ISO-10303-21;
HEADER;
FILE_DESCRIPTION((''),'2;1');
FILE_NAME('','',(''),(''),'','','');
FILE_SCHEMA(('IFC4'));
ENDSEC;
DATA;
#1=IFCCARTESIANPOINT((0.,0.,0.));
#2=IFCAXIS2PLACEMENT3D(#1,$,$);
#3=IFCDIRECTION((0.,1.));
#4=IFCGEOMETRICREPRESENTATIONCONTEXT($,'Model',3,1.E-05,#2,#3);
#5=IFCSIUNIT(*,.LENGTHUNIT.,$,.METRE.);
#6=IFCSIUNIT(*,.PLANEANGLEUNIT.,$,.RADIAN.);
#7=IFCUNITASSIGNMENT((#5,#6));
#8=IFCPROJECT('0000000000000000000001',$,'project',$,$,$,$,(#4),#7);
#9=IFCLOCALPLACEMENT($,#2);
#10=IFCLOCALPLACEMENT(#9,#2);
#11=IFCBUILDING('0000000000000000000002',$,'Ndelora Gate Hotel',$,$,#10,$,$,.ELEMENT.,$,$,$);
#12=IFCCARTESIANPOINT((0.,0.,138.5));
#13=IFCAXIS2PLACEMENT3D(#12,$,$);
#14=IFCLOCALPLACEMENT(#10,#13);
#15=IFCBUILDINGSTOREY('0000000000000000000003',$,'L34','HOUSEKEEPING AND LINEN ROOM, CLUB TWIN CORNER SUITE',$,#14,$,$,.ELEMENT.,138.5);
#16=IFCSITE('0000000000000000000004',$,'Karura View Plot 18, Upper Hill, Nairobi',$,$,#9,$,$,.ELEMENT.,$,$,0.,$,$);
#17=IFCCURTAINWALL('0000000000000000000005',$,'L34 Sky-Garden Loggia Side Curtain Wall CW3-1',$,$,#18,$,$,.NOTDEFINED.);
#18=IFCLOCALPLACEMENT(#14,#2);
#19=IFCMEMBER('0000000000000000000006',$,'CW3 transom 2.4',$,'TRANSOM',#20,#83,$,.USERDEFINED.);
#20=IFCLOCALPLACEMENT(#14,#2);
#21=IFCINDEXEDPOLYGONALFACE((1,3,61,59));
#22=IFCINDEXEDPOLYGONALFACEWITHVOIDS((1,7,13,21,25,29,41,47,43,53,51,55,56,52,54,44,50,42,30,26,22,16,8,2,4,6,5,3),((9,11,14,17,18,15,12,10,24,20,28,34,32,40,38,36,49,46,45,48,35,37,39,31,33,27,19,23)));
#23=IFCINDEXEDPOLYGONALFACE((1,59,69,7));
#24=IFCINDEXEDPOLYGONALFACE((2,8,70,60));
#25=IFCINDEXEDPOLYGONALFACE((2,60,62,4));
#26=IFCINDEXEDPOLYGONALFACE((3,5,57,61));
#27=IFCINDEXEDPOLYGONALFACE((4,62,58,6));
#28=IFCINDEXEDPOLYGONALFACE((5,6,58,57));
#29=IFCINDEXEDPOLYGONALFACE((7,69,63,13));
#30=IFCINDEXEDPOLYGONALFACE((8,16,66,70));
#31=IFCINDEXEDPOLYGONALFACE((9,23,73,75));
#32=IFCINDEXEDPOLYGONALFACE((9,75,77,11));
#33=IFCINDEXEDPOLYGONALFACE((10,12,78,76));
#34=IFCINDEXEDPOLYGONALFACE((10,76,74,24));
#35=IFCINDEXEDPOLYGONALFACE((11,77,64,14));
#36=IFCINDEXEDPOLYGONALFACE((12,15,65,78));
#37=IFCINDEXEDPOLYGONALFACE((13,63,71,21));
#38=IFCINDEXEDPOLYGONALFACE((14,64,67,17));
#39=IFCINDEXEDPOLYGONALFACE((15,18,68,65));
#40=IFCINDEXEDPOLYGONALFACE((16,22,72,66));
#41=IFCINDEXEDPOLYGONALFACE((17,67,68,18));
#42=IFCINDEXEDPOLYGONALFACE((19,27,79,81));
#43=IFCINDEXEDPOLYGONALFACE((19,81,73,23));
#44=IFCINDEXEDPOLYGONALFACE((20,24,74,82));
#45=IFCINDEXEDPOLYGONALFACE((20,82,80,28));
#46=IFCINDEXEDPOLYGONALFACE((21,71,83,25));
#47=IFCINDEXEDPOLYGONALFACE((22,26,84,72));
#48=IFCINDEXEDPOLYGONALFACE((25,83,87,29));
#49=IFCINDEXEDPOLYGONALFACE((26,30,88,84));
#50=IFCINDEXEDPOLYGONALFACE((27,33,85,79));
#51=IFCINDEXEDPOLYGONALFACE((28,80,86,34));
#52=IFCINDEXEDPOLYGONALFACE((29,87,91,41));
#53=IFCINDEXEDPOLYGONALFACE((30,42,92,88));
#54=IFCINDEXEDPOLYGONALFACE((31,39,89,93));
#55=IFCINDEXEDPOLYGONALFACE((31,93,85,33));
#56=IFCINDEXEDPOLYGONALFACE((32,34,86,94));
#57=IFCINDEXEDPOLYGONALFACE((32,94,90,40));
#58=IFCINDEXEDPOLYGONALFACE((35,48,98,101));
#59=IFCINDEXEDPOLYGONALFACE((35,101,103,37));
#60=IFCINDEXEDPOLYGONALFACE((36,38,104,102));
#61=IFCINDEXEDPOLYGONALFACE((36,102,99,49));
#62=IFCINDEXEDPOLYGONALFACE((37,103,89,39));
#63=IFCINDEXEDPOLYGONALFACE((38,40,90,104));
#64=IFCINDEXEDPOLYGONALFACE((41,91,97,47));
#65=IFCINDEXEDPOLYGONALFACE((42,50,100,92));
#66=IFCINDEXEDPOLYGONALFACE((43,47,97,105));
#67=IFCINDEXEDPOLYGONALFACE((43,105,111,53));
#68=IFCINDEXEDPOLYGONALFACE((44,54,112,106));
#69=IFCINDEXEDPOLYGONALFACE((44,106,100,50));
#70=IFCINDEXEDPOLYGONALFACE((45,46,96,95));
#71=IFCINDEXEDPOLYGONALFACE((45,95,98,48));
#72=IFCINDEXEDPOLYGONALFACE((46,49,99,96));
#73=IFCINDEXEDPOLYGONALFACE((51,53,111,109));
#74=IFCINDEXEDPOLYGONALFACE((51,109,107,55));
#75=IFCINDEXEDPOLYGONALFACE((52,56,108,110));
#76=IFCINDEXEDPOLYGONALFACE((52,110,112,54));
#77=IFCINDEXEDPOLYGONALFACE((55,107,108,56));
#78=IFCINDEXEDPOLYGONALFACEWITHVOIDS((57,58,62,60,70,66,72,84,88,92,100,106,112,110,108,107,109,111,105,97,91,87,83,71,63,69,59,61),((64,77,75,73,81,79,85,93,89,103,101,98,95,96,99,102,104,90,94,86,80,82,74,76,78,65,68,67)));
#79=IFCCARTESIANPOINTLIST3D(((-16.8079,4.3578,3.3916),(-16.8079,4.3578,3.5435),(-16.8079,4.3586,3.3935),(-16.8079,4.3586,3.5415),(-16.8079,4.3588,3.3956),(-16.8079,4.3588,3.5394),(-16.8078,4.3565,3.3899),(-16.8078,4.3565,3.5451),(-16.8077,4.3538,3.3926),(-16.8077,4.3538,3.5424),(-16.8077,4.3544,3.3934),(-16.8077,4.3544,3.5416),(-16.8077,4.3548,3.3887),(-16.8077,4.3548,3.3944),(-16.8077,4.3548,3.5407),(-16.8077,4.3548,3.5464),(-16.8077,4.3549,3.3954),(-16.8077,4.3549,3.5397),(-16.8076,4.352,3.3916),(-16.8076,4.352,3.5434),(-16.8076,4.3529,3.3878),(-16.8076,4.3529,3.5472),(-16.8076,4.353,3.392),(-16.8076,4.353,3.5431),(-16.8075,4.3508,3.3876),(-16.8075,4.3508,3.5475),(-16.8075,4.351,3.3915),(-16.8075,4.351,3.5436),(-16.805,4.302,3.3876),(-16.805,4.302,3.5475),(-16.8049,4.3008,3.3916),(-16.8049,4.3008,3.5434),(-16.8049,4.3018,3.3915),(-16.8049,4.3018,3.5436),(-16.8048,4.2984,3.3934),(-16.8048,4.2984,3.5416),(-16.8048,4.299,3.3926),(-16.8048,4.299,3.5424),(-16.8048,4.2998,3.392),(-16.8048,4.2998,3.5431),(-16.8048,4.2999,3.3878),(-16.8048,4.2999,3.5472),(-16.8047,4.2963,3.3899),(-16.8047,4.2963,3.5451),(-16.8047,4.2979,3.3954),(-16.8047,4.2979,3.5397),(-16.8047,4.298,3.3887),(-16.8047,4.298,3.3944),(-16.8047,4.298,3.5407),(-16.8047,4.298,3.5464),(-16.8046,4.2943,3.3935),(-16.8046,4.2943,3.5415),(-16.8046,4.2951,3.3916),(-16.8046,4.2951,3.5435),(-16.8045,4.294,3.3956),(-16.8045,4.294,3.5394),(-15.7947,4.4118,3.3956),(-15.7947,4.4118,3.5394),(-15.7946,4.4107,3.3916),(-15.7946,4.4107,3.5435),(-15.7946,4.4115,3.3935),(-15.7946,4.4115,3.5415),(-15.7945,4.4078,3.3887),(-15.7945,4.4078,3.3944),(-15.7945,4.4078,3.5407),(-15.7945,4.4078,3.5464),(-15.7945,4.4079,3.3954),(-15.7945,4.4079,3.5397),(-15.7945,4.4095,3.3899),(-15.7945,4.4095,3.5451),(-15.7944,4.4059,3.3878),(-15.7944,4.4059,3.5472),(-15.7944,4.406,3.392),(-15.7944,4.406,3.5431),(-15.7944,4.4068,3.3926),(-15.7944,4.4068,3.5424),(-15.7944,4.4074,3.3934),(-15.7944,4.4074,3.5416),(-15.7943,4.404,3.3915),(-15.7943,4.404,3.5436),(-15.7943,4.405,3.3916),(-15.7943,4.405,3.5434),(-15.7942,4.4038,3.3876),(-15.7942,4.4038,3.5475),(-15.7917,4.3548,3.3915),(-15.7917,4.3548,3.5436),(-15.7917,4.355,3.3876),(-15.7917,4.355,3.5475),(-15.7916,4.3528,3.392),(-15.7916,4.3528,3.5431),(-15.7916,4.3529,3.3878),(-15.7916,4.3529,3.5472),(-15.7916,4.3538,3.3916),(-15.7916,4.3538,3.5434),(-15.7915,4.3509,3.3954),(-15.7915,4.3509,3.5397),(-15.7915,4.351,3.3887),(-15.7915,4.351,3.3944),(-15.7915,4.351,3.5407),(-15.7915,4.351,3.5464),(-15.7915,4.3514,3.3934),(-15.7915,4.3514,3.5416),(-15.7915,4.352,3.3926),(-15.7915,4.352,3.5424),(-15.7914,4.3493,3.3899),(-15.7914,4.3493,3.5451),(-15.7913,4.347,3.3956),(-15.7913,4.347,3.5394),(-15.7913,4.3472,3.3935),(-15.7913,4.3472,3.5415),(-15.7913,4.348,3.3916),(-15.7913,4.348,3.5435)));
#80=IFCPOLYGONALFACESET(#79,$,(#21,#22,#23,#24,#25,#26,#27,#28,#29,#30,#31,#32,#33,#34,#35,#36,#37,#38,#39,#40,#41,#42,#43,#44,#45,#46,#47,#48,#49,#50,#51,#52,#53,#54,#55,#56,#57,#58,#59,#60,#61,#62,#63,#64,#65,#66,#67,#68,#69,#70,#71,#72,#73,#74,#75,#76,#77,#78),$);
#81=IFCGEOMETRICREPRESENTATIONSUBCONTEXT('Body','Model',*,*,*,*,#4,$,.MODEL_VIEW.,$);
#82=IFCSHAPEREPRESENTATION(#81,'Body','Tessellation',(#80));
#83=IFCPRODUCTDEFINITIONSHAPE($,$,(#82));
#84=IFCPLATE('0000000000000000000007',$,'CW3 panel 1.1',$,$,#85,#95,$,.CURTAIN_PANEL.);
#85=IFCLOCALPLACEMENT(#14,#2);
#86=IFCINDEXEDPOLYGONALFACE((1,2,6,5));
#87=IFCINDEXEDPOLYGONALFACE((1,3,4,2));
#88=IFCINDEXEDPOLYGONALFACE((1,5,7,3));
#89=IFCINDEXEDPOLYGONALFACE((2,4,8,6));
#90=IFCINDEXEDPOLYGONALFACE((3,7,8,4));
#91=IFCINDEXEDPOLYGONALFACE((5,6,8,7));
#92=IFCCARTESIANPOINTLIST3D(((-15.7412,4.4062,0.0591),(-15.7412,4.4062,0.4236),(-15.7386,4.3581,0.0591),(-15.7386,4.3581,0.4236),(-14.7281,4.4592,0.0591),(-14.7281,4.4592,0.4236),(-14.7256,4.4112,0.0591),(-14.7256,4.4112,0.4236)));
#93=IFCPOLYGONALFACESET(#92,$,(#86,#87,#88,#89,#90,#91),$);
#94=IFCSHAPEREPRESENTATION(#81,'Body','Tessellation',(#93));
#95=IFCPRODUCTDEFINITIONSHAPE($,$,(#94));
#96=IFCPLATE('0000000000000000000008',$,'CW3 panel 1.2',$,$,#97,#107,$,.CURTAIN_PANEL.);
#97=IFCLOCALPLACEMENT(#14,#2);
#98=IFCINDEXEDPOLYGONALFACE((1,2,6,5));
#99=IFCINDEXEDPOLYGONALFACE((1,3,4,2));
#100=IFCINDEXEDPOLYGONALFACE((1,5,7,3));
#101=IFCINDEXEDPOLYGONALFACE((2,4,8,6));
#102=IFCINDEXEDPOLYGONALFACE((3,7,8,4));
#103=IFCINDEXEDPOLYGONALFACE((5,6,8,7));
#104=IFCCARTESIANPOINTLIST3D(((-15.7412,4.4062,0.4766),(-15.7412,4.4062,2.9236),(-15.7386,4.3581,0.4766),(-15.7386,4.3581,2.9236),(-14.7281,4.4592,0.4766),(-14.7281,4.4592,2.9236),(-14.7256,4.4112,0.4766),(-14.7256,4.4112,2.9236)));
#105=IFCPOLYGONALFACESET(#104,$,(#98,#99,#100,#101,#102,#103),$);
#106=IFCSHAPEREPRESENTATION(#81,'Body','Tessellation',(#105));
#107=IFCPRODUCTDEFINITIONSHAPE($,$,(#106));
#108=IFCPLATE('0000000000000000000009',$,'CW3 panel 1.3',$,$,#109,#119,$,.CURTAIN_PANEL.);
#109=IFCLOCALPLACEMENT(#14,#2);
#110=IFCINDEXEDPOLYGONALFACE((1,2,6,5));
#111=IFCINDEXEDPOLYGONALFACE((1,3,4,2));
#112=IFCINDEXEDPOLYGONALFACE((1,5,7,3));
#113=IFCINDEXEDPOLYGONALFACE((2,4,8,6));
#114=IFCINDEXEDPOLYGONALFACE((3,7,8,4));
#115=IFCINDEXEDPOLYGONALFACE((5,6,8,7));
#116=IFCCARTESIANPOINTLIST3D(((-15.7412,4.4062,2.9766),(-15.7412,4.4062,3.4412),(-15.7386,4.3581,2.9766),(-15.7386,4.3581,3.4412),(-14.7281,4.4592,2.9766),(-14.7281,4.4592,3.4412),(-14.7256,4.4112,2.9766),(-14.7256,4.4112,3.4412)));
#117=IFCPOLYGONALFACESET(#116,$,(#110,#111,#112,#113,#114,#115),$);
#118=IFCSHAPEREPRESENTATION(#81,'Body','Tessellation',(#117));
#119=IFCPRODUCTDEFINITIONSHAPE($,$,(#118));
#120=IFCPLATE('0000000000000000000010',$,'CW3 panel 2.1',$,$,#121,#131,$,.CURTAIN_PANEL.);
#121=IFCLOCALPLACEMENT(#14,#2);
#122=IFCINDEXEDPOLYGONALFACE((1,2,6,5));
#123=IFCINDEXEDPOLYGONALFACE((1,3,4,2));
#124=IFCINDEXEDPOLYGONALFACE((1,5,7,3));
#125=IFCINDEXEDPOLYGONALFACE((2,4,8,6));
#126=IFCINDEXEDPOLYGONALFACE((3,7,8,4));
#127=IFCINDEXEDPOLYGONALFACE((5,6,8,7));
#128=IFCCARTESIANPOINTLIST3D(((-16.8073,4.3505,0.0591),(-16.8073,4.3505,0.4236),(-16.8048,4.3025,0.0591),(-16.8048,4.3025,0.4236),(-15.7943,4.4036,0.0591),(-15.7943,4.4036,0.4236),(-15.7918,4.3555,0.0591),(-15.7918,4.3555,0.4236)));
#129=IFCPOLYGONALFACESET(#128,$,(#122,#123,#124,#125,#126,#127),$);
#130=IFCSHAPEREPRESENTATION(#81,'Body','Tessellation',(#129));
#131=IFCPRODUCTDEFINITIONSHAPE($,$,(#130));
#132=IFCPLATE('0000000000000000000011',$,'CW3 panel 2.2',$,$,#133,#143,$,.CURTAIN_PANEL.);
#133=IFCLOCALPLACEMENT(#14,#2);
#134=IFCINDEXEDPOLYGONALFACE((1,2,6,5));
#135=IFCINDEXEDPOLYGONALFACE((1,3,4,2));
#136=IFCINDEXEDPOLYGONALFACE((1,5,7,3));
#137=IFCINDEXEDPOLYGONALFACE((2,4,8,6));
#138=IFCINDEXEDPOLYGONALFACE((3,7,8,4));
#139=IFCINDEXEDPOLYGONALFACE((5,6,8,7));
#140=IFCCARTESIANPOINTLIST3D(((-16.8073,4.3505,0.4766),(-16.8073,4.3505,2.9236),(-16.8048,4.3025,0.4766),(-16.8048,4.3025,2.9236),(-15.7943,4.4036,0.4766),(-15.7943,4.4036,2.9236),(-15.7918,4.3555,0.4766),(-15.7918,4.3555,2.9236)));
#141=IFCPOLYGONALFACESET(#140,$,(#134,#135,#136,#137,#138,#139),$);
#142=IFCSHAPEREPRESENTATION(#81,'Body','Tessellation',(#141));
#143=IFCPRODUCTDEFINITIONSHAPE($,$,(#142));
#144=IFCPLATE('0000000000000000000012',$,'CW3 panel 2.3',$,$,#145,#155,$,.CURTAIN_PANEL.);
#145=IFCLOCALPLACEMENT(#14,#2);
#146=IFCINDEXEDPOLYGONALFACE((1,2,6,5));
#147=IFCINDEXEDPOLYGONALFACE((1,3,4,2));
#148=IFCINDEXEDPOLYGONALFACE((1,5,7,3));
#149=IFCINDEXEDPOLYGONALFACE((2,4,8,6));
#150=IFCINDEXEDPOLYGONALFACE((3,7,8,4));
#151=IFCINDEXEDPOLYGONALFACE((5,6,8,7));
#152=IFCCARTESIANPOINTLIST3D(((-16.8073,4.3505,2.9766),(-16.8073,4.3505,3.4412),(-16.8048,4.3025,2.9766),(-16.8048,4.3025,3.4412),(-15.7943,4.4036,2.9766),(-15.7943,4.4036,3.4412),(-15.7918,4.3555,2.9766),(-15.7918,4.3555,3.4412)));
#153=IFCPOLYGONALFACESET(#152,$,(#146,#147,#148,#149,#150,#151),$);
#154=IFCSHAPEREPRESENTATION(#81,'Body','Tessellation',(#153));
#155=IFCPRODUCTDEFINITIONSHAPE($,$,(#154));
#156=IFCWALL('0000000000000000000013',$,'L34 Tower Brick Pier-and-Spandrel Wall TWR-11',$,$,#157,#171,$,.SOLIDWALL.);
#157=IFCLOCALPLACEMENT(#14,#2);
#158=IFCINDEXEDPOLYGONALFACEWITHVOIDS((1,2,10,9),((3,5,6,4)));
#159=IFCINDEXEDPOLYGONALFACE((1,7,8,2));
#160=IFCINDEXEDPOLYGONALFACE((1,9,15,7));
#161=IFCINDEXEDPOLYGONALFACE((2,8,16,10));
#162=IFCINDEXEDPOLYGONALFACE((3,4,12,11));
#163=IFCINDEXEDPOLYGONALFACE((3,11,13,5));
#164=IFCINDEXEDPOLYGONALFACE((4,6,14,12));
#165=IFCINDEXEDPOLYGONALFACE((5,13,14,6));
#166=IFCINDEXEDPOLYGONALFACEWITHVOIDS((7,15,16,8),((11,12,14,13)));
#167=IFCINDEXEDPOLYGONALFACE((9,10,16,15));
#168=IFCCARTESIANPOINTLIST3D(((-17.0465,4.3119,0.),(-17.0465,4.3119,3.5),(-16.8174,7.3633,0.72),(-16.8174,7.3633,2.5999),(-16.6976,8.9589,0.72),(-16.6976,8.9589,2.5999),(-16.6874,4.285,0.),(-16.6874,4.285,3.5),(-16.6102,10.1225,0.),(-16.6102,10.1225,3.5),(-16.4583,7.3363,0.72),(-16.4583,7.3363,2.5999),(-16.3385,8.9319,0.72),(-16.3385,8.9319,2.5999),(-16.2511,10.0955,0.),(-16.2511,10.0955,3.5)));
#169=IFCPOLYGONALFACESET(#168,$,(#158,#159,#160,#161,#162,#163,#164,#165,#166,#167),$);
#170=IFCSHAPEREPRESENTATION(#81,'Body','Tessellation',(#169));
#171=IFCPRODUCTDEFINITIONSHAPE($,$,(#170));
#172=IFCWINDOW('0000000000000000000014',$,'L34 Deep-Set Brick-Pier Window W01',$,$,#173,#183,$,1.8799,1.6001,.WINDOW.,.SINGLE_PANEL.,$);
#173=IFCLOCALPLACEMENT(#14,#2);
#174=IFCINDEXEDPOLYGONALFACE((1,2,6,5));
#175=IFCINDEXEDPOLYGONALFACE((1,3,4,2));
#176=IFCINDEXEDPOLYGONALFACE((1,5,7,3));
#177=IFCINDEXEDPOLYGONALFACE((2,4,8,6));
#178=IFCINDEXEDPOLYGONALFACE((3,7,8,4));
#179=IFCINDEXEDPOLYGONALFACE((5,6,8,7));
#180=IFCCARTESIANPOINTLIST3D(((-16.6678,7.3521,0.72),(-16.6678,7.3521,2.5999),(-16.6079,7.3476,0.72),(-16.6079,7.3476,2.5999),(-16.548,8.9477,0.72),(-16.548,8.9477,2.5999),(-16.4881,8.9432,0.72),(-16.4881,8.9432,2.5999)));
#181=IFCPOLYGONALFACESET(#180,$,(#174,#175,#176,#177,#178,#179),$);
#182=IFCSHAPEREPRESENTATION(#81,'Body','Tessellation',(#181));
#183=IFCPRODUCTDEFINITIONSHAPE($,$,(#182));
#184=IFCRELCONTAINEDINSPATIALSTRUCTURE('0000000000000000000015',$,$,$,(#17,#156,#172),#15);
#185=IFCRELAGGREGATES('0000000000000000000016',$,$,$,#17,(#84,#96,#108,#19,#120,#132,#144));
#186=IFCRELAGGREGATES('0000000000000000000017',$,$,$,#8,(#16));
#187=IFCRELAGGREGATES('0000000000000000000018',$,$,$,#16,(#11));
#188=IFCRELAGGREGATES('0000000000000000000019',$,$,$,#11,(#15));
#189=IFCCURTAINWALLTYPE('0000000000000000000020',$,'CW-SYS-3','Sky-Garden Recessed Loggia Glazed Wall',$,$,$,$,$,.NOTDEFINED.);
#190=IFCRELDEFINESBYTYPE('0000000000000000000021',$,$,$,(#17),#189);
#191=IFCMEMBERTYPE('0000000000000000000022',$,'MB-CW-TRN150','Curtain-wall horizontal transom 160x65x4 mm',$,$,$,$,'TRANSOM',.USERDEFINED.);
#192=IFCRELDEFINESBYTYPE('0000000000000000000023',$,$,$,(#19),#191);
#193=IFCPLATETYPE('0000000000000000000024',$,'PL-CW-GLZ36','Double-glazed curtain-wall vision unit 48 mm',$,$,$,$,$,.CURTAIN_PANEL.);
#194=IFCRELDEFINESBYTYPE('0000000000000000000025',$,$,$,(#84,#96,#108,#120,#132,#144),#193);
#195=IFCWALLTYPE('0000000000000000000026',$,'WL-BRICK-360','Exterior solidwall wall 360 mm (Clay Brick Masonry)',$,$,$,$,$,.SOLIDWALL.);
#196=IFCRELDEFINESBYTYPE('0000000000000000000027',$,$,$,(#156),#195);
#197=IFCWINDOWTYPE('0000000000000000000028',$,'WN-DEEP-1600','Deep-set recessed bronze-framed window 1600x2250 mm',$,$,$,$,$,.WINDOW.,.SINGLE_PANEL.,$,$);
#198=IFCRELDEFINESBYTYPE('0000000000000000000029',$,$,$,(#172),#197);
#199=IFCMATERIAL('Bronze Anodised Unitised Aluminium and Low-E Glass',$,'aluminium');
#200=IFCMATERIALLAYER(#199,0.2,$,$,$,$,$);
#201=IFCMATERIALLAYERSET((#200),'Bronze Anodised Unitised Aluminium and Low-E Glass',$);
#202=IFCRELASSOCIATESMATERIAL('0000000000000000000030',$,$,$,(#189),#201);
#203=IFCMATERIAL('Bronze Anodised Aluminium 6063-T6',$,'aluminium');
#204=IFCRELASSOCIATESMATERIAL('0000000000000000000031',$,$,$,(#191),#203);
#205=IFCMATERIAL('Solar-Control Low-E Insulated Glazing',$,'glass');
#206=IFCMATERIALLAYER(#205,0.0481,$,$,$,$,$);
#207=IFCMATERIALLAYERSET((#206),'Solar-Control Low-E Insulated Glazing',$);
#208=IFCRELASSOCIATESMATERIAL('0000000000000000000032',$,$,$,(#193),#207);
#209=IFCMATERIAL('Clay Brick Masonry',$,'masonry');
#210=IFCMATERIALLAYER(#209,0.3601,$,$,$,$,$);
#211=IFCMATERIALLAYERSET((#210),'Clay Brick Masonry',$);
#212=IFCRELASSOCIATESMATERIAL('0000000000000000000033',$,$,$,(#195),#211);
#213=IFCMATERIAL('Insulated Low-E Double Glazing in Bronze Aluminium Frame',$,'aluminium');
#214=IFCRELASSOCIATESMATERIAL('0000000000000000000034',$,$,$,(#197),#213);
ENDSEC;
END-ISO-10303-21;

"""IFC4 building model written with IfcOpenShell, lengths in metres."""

from ifc_helpers import new_model, si_unit, direction, frame, frame_2d, origin, origin_2d, place, context, subcontext, project, spatial, rectangle, hollow_rectangle, extrude, material, layer, layer_set, material_profile, profile_set, type_object, element, fill, aggregate, save


model = new_model("IFC4")

# Units and contexts
model_context = context("Model", 3, precision=1e-05, world=origin(), true_north=direction((0.0, 1.0)))
body_context = subcontext(model_context, "Body", "Model", "MODEL_VIEW")
ifc_project = project(units=[si_unit("LENGTHUNIT", "METRE"), si_unit("PLANEANGLEUNIT", "RADIAN")], contexts=[model_context])

# Site, building, storey
site_placement = place(None, origin())
site = spatial("IfcSite", under=ifc_project, at=site_placement, Name="Karura View Plot 18, Upper Hill, Nairobi", CompositionType="ELEMENT", RefElevation=0.0)
building_placement = place(site_placement, origin())
building = spatial("IfcBuilding", under=site, at=building_placement, Name="Ndelora Gate Hotel", CompositionType="ELEMENT")
storey_placement = place(building_placement, frame((0.0, 0.0, 138.5)))
storey = spatial("IfcBuildingStorey", under=building, at=storey_placement, Name="L34", Description="HOUSEKEEPING AND LINEN ROOM, CLUB TWIN CORNER SUITE", CompositionType="ELEMENT", Elevation=138.5)

# Curtain wall, member, plates
ifc_material_1 = material(Name="Bronze Anodised Unitised Aluminium and Low-E Glass", Category="aluminium")
ifc_layer_1 = layer(ifc_material_1, 0.2)
ifc_layer_set_1 = layer_set([ifc_layer_1], Name="Bronze Anodised Unitised Aluminium and Low-E Glass")
curtain_wall_type = type_object("IfcCurtainWallType", Name="CW-SYS-3", Description="Sky-Garden Recessed Loggia Glazed Wall", PredefinedType="NOTDEFINED", material=ifc_layer_set_1)
curtain_wall_placement = place(storey_placement, origin())
curtain_wall = element("IfcCurtainWall", 1, at=curtain_wall_placement, inside=storey, type_object=curtain_wall_type, Name="L34 Sky-Garden Loggia Side Curtain Wall CW3-1", PredefinedType="NOTDEFINED")
ifc_material_2 = material(Name="Bronze Anodised Aluminium 6063-T6", Category="aluminium")
ifc_material_profile_1 = material_profile(ifc_material_2, hollow_rectangle(XDim=0.0649, YDim=0.1599, WallThickness=0.0039, InnerFilletRadius=0.0039, OuterFilletRadius=0.0081, at=origin_2d()), Name="ALU 160x65x4")
ifc_profile_set_1 = profile_set([ifc_material_profile_1], Name="Bronze Anodised Aluminium 6063-T6")
member_type_1 = type_object("IfcMemberType", Name="MB-CW-TRN150", Description="Curtain-wall horizontal transom 160x65x4 mm", ElementType="TRANSOM", PredefinedType="USERDEFINED", material=ifc_profile_set_1)
member_1_placement = place(storey_placement, frame((-15.793, 4.3794, 3.4675), z_axis=(-0.998636, -0.052218, 0.0), x_axis=(0.052218, -0.998636, 0.0)))
member_1 = element("IfcMember", 2, at=member_1_placement, type_object=member_type_1, Name="CW3 transom 2.4", ObjectType="TRANSOM", PredefinedType="USERDEFINED", context=body_context, shape_type="SweptSolid", body=[
    extrude(hollow_rectangle(XDim=0.0649, YDim=0.1599, WallThickness=0.0039, InnerFilletRadius=0.0039, OuterFilletRadius=0.0081, at=origin_2d()), origin(), (0.0, 0.0, 1.0), 1.0146),
])
ifc_material_3 = material(Name="Solar-Control Low-E Insulated Glazing", Category="glass")
ifc_layer_2 = layer(ifc_material_3, 0.0481)
ifc_layer_set_2 = layer_set([ifc_layer_2], Name="Solar-Control Low-E Insulated Glazing")
plate_type = type_object("IfcPlateType", Name="PL-CW-GLZ36", Description="Double-glazed curtain-wall vision unit 48 mm", PredefinedType="CURTAIN_PANEL", material=ifc_layer_set_2)
plate_1_placement = place(storey_placement, frame((-15.2334, 4.4087, 0.0591), z_axis=(0.0, 0.0, 1.0), x_axis=(-0.99863, -0.052318, 0.0)))
plate_1 = element("IfcPlate", 3, at=plate_1_placement, type_object=plate_type, Name="CW3 panel 1.1", PredefinedType="CURTAIN_PANEL", context=body_context, shape_type="SweptSolid", body=[
    extrude(rectangle(XDim=1.0144, YDim=0.0481, at=origin_2d()), origin(), (0.0, 0.0, 1.0), 0.3645),
])
plate_2_placement = place(storey_placement, frame((-15.2334, 4.4087, 0.4766), z_axis=(0.0, 0.0, 1.0), x_axis=(-0.99863, -0.052318, 0.0)))
plate_2 = element("IfcPlate", 4, at=plate_2_placement, type_object=plate_type, Name="CW3 panel 1.2", PredefinedType="CURTAIN_PANEL", context=body_context, shape_type="SweptSolid", body=[
    extrude(rectangle(XDim=1.0144, YDim=0.0481, at=origin_2d()), origin(), (0.0, 0.0, 1.0), 2.447),
])
plate_3_placement = place(storey_placement, frame((-15.2334, 4.4087, 2.9766), z_axis=(0.0, 0.0, 1.0), x_axis=(-0.99863, -0.052318, 0.0)))
plate_3 = element("IfcPlate", 5, at=plate_3_placement, type_object=plate_type, Name="CW3 panel 1.3", PredefinedType="CURTAIN_PANEL", context=body_context, shape_type="SweptSolid", body=[
    extrude(rectangle(XDim=1.0144, YDim=0.0481, at=origin_2d()), origin(), (0.0, 0.0, 1.0), 0.4646),
])
plate_4_placement = place(storey_placement, frame((-16.2996, 4.353, 0.0591), z_axis=(0.0, 0.0, 1.0), x_axis=(-0.99863, -0.052318, 0.0)))
plate_4 = element("IfcPlate", 6, at=plate_4_placement, type_object=plate_type, Name="CW3 panel 2.1", PredefinedType="CURTAIN_PANEL", context=body_context, shape_type="SweptSolid", body=[
    extrude(rectangle(XDim=1.0144, YDim=0.0481, at=origin_2d()), origin(), (0.0, 0.0, 1.0), 0.3645),
])
plate_5_placement = place(storey_placement, frame((-16.2996, 4.353, 0.4766), z_axis=(0.0, 0.0, 1.0), x_axis=(-0.99863, -0.052318, 0.0)))
plate_5 = element("IfcPlate", 7, at=plate_5_placement, type_object=plate_type, Name="CW3 panel 2.2", PredefinedType="CURTAIN_PANEL", context=body_context, shape_type="SweptSolid", body=[
    extrude(rectangle(XDim=1.0144, YDim=0.0481, at=origin_2d()), origin(), (0.0, 0.0, 1.0), 2.447),
])
plate_6_placement = place(storey_placement, frame((-16.2996, 4.353, 2.9766), z_axis=(0.0, 0.0, 1.0), x_axis=(-0.99863, -0.052318, 0.0)))
plate_6 = element("IfcPlate", 8, at=plate_6_placement, type_object=plate_type, Name="CW3 panel 2.3", PredefinedType="CURTAIN_PANEL", context=body_context, shape_type="SweptSolid", body=[
    extrude(rectangle(XDim=1.0144, YDim=0.0481, at=origin_2d()), origin(), (0.0, 0.0, 1.0), 0.4646),
])
aggregate(curtain_wall, [plate_1, plate_2, plate_3, member_1, plate_4, plate_5, plate_6])

# Wall, opening, window
ifc_material_4 = material(Name="Clay Brick Masonry", Category="masonry")
ifc_layer_3 = layer(ifc_material_4, 0.3601)
ifc_layer_set_3 = layer_set([ifc_layer_3], Name="Clay Brick Masonry")
wall_type = type_object("IfcWallType", Name="WL-BRICK-360", Description="Exterior solidwall wall 360 mm (Clay Brick Masonry)", PredefinedType="SOLIDWALL", material=ifc_layer_set_3)
wall_placement = place(storey_placement, frame((-16.8669, 4.2983, 0.0), z_axis=(0.0, 0.0, 1.0), x_axis=(0.074873, 0.997193, 0.0)))
wall = element("IfcWall", 9, at=wall_placement, inside=storey, type_object=wall_type, Name="L34 Tower Brick Pier-and-Spandrel Wall TWR-11", PredefinedType="SOLIDWALL", context=body_context, shape_type="SweptSolid", body=[
    extrude(rectangle(XDim=5.8269, YDim=0.3601, at=frame_2d((2.9136, 0.0))), origin(), (0.0, 0.0, 1.0), 3.5),
])
opening_placement = place(wall_placement, frame((3.0601, 0.0, 0.72)))
opening = element("IfcOpeningElement", 10, at=opening_placement, cuts=wall, PredefinedType="OPENING", context=body_context, shape_type="SweptSolid", body=[
    extrude(rectangle(XDim=1.6001, YDim=1.8799, at=frame_2d((0.8, 0.9399))), frame((0.0, 0.1899, 0.0), z_axis=(0.0, -1.0, 0.0), x_axis=(1.0, 0.0, 0.0)), (0.0, 0.0, 1.0), 0.3801),
])
ifc_material_5 = material(Name="Insulated Low-E Double Glazing in Bronze Aluminium Frame", Category="aluminium")
window_type = type_object("IfcWindowType", Name="WN-DEEP-1600", Description="Deep-set recessed bronze-framed window 1600x2250 mm", PartitioningType="SINGLE_PANEL", PredefinedType="WINDOW", material=ifc_material_5)
window_placement = place(opening_placement, origin())
window = element("IfcWindow", 11, at=window_placement, inside=storey, type_object=window_type, Name="L34 Deep-Set Brick-Pier Window W01", OverallHeight=1.8799, OverallWidth=1.6001, PartitioningType="SINGLE_PANEL", PredefinedType="WINDOW", context=body_context, shape_type="SweptSolid", body=[
    extrude(rectangle(XDim=1.6001, YDim=1.8799, at=frame_2d((0.8, 0.9399))), frame((0.0, 0.03, 0.0), z_axis=(0.0, -1.0, 0.0), x_axis=(1.0, 0.0, 0.0)), (0.0, 0.0, 1.0), 0.0601),
])
fill(opening, window)

save(model, "model.ifc")
